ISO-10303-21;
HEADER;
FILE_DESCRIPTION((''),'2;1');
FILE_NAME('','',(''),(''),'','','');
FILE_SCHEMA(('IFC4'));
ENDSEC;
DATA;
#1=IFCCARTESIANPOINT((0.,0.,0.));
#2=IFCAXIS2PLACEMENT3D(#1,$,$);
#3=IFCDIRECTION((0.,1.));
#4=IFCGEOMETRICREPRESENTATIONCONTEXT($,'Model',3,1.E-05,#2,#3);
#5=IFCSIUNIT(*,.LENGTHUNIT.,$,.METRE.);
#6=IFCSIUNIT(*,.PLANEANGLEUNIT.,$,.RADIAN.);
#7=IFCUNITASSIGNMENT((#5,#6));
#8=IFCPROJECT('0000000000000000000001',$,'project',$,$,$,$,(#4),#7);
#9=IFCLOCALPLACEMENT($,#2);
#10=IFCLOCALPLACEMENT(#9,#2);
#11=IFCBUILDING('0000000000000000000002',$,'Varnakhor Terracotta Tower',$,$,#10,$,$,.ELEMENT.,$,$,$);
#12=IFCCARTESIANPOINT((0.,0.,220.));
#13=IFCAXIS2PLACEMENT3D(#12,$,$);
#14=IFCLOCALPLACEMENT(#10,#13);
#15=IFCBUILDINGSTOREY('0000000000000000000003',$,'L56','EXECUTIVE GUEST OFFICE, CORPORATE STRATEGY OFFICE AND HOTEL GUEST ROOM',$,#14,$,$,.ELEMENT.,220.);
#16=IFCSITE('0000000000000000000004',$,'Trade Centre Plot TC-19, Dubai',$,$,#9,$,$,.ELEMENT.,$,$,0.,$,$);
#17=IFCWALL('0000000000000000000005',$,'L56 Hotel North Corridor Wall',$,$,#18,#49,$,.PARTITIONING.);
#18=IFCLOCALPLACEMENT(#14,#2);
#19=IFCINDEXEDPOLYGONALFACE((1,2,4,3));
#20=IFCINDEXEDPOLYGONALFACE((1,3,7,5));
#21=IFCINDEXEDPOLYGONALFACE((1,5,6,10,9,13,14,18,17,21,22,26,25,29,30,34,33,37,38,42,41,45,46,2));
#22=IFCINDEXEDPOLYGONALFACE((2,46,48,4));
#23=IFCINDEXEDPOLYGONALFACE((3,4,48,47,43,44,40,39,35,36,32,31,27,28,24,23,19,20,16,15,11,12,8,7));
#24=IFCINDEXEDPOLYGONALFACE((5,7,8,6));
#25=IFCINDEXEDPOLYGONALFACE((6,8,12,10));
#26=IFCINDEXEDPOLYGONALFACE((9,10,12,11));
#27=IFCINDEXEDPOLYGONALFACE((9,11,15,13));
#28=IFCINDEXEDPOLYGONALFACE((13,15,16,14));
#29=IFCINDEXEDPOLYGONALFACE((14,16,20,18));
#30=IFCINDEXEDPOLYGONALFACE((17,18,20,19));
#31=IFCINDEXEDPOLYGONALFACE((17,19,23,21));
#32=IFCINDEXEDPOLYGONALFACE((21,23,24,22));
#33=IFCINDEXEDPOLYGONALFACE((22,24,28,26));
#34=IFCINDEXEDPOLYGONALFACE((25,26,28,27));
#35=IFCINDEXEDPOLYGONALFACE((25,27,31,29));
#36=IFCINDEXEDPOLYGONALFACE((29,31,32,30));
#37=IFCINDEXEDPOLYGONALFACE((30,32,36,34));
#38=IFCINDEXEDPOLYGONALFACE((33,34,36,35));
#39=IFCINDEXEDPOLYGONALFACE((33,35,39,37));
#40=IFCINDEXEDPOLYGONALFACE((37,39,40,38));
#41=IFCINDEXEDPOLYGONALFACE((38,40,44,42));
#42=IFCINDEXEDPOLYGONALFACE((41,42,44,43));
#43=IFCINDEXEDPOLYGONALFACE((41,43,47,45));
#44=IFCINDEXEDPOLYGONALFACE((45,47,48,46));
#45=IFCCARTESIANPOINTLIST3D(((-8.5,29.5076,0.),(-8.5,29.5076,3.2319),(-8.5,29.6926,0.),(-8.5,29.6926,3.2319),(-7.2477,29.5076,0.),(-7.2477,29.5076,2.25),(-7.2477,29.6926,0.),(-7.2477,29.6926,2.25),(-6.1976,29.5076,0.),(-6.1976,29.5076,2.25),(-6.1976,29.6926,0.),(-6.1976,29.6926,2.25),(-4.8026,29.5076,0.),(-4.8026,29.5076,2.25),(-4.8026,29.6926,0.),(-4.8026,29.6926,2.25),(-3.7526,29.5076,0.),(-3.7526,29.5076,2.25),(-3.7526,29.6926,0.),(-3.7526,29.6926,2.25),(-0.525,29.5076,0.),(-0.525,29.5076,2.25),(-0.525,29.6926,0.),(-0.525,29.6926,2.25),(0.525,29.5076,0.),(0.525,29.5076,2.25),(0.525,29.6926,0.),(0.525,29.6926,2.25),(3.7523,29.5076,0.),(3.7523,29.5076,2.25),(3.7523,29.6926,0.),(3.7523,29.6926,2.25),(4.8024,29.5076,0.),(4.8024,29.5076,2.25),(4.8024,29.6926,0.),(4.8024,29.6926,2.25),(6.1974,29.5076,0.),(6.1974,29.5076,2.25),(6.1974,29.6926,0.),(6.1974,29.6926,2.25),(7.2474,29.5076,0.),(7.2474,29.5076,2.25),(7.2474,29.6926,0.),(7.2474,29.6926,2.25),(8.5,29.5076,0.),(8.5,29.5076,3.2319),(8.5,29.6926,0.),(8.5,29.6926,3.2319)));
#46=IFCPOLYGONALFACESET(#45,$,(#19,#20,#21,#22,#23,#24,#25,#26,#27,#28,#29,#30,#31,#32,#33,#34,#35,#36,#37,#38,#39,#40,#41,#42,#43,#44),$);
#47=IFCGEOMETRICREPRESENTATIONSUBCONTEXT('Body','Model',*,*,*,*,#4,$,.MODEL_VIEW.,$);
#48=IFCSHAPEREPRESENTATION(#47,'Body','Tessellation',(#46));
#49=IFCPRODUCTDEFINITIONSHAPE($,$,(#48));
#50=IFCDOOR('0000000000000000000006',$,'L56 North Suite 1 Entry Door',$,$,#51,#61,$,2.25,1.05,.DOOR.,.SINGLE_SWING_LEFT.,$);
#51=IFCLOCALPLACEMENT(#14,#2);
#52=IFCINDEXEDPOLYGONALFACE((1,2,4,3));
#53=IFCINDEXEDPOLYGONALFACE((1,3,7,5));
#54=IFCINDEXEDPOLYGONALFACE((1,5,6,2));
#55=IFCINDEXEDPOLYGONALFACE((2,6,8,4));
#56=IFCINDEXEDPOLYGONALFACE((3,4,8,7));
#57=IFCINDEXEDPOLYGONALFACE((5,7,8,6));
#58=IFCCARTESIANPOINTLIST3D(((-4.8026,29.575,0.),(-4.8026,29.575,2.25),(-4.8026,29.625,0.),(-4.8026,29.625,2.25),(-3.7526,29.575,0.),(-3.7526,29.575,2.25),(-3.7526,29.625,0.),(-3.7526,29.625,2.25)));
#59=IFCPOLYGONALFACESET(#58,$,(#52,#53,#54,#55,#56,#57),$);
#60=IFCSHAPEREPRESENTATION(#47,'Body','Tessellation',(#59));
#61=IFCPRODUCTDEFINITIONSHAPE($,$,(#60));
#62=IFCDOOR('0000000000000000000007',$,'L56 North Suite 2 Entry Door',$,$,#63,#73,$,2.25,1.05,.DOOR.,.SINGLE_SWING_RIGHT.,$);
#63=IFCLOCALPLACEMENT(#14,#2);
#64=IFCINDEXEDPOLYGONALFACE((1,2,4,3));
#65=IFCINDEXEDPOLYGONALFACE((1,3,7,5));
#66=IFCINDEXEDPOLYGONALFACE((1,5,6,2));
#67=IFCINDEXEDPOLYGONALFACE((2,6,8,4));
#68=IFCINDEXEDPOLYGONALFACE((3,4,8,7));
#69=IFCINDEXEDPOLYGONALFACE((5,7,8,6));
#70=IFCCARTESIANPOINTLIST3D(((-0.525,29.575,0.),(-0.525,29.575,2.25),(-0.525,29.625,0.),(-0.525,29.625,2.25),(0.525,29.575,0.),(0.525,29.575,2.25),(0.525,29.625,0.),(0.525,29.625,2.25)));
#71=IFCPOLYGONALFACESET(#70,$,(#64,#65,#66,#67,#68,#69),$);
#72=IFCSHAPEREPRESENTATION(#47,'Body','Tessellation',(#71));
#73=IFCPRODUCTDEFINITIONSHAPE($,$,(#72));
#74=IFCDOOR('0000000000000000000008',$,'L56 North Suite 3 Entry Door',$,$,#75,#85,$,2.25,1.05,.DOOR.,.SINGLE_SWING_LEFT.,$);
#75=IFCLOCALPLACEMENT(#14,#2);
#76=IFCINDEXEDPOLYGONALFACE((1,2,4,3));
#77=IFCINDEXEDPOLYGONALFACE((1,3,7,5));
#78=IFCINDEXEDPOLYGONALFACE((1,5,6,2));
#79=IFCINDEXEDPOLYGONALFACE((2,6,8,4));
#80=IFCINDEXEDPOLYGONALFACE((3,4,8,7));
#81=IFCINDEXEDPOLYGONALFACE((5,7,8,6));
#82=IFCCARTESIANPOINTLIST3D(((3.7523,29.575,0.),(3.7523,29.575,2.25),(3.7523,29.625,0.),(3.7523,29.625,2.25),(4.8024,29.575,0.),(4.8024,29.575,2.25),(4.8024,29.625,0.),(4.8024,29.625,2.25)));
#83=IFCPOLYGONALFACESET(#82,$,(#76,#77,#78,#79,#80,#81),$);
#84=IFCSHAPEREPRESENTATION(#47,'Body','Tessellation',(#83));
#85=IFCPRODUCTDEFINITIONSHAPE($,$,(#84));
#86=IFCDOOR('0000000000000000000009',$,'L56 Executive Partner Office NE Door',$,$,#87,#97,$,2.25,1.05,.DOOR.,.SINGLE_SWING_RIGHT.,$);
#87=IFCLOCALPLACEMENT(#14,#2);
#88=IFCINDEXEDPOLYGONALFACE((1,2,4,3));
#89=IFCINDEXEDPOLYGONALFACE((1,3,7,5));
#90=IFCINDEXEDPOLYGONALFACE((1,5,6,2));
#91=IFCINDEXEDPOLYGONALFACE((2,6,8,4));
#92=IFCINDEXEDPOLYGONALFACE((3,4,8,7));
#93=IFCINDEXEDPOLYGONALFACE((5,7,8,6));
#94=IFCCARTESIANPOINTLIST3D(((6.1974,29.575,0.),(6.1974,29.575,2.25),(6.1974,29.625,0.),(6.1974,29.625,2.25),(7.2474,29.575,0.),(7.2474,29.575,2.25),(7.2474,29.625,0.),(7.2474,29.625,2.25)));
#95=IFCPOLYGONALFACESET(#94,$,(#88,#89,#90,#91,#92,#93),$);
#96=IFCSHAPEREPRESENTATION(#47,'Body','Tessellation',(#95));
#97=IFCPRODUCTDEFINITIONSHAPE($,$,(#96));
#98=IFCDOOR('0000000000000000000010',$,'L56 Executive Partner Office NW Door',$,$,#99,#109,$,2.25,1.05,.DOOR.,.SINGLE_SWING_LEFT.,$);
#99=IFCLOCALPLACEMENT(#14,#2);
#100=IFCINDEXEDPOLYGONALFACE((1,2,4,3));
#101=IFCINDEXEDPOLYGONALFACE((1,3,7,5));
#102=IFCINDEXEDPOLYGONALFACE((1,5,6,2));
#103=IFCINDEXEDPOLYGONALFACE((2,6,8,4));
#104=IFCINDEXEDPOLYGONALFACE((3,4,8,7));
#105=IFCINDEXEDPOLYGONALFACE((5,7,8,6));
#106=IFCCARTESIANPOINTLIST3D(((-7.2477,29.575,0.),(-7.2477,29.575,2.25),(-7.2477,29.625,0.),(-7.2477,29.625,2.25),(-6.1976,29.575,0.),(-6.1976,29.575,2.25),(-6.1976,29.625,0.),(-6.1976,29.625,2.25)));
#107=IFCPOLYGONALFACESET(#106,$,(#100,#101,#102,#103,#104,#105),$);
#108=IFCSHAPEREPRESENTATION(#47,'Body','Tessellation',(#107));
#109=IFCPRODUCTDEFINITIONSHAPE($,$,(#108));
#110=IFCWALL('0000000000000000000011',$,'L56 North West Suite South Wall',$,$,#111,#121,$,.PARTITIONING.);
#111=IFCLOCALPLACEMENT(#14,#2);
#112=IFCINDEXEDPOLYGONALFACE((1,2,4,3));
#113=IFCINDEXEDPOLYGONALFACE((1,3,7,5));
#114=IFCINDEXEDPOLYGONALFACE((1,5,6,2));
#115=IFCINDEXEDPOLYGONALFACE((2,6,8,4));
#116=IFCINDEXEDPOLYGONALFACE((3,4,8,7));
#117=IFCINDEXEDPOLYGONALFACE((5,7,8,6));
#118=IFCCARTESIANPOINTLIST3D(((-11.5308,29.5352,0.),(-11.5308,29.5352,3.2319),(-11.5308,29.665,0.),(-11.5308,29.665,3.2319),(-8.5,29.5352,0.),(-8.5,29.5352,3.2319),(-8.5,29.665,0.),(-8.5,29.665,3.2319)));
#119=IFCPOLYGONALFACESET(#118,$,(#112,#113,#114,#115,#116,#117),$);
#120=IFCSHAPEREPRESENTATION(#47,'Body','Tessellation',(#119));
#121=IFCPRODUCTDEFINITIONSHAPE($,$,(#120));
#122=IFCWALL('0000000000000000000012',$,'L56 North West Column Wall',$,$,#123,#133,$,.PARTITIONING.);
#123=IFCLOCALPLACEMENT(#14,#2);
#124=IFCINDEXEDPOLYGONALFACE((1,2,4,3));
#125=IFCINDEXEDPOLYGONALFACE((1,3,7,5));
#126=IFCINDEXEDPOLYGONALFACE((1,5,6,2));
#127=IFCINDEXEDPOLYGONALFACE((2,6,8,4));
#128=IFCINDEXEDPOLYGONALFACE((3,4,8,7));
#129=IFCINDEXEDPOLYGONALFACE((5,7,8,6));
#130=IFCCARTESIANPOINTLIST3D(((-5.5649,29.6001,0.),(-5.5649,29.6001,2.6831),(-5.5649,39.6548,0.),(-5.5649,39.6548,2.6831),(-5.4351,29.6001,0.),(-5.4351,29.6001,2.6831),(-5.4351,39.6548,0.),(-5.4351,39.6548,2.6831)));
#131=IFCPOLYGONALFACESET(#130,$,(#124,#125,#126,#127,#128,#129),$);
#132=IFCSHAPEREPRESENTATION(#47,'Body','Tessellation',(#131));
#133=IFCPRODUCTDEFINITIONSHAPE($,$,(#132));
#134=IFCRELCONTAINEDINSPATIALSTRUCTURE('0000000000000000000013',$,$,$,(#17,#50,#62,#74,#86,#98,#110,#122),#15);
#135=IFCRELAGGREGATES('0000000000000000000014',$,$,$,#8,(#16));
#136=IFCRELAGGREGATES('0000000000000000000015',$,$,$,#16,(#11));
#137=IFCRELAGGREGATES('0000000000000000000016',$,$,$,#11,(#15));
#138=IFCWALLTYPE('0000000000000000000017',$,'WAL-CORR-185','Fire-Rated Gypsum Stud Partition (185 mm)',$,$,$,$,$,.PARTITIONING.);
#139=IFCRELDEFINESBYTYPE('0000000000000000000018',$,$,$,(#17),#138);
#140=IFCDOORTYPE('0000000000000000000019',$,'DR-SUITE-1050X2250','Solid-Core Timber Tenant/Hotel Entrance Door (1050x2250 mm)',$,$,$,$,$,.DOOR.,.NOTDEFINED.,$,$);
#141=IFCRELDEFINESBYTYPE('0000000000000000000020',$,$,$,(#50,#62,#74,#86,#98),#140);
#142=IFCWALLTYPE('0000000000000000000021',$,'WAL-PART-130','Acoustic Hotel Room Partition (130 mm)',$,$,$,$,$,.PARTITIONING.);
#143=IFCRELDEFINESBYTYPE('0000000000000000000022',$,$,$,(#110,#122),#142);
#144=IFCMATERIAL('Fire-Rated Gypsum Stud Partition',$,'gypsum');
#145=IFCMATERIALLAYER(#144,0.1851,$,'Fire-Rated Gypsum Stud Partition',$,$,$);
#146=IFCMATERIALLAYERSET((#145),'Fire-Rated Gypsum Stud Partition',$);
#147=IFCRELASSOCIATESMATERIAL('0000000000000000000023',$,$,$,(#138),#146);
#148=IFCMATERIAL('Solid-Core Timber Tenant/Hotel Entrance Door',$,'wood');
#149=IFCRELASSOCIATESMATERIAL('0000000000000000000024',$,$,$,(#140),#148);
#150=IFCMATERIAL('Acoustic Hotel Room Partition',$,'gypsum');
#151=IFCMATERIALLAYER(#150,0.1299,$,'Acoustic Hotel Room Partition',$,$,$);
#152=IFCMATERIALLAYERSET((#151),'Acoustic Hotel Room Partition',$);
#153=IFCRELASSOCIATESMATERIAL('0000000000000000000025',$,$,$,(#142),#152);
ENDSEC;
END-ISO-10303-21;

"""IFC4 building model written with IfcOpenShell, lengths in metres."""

from ifc_helpers import new_model, si_unit, direction, frame, frame_2d, origin, place, context, subcontext, project, spatial, rectangle, extrude, source, transform, mapped, material, layer, layer_set, type_object, type_shapes, element, fill, save


model = new_model("IFC4")

# Units and contexts
model_context = context("Model", 3, precision=1e-05, world=origin(), true_north=direction((0.0, 1.0)))
body_context = subcontext(model_context, "Body", "Model", "MODEL_VIEW")
ifc_project = project(units=[si_unit("LENGTHUNIT", "METRE"), si_unit("PLANEANGLEUNIT", "RADIAN")], contexts=[model_context])

# Site, building, storey
site_placement = place(None, origin())
site = spatial("IfcSite", under=ifc_project, at=site_placement, Name="Trade Centre Plot TC-19, Dubai", CompositionType="ELEMENT", RefElevation=0.0)
building_placement = place(site_placement, origin())
building = spatial("IfcBuilding", under=site, at=building_placement, Name="Varnakhor Terracotta Tower", CompositionType="ELEMENT")
storey_placement = place(building_placement, frame((0.0, 0.0, 220.0)))
storey = spatial("IfcBuildingStorey", under=building, at=storey_placement, Name="L56", Description="EXECUTIVE GUEST OFFICE, CORPORATE STRATEGY OFFICE AND HOTEL GUEST ROOM", CompositionType="ELEMENT", Elevation=220.0)

# Shared definitions
ifc_material_1 = material(Name="Fire-Rated Gypsum Stud Partition", Category="gypsum")
ifc_layer_1 = layer(ifc_material_1, 0.1851, Name="Fire-Rated Gypsum Stud Partition")
ifc_layer_set_1 = layer_set([ifc_layer_1], Name="Fire-Rated Gypsum Stud Partition")
wall_type_1 = type_object("IfcWallType", Name="WAL-CORR-185", Description="Fire-Rated Gypsum Stud Partition (185 mm)", PredefinedType="PARTITIONING", material=ifc_layer_set_1)

# Wall, openings, doors
wall_1_placement = place(storey_placement, frame((-8.5, 29.6001, 0.0), z_axis=(0.0, 0.0, 1.0), x_axis=(1.0, 0.0, 0.0)))
wall_1 = element("IfcWall", 1, at=wall_1_placement, inside=storey, type_object=wall_type_1, Name="L56 Hotel North Corridor Wall", PredefinedType="PARTITIONING", context=body_context, shape_type="SweptSolid", body=[
    extrude(rectangle(XDim=17.0, YDim=0.1851, at=frame_2d((8.5, 0.0))), origin(), (0.0, 0.0, 1.0), 3.2319),
])
opening_1_placement = place(wall_1_placement, frame((3.6975, 0.0, 0.0)))
opening_1 = element("IfcOpeningElement", 2, at=opening_1_placement, cuts=wall_1, PredefinedType="OPENING", context=body_context, shape_type="SweptSolid", body=[
    extrude(rectangle(XDim=1.05, YDim=2.25, at=frame_2d((0.5249, 1.125))), frame((0.0, 0.1025, 0.0), z_axis=(0.0, -1.0, 0.0), x_axis=(1.0, 0.0, 0.0)), (0.0, 0.0, 1.0), 0.2051),
])
opening_2_placement = place(wall_1_placement, frame((7.9751, 0.0, 0.0)))
opening_2 = element("IfcOpeningElement", 3, at=opening_2_placement, cuts=wall_1, PredefinedType="OPENING", context=body_context, shape_type="SweptSolid", body=[
    extrude(rectangle(XDim=1.05, YDim=2.25, at=frame_2d((0.5249, 1.125))), frame((0.0, 0.1025, 0.0), z_axis=(0.0, -1.0, 0.0), x_axis=(1.0, 0.0, 0.0)), (0.0, 0.0, 1.0), 0.2051),
])
opening_3_placement = place(wall_1_placement, frame((12.2524, 0.0, 0.0)))
opening_3 = element("IfcOpeningElement", 4, at=opening_3_placement, cuts=wall_1, PredefinedType="OPENING", context=body_context, shape_type="SweptSolid", body=[
    extrude(rectangle(XDim=1.05, YDim=2.25, at=frame_2d((0.5249, 1.125))), frame((0.0, 0.1025, 0.0), z_axis=(0.0, -1.0, 0.0), x_axis=(1.0, 0.0, 0.0)), (0.0, 0.0, 1.0), 0.2051),
])
opening_4_placement = place(wall_1_placement, frame((14.6975, 0.0, 0.0)))
opening_4 = element("IfcOpeningElement", 5, at=opening_4_placement, cuts=wall_1, PredefinedType="OPENING", context=body_context, shape_type="SweptSolid", body=[
    extrude(rectangle(XDim=1.05, YDim=2.25, at=frame_2d((0.5249, 1.125))), frame((0.0, 0.1025, 0.0), z_axis=(0.0, -1.0, 0.0), x_axis=(1.0, 0.0, 0.0)), (0.0, 0.0, 1.0), 0.2051),
])
opening_5_placement = place(wall_1_placement, frame((1.2524, 0.0, 0.0)))
opening_5 = element("IfcOpeningElement", 6, at=opening_5_placement, cuts=wall_1, PredefinedType="OPENING", context=body_context, shape_type="SweptSolid", body=[
    extrude(rectangle(XDim=1.05, YDim=2.25, at=frame_2d((0.5249, 1.125))), frame((0.0, 0.1025, 0.0), z_axis=(0.0, -1.0, 0.0), x_axis=(1.0, 0.0, 0.0)), (0.0, 0.0, 1.0), 0.2051),
])
ifc_material_2 = material(Name="Solid-Core Timber Tenant/Hotel Entrance Door", Category="wood")
door_type_1 = type_object("IfcDoorType", Name="DR-SUITE-1050X2250", Description="Solid-Core Timber Tenant/Hotel Entrance Door (1050x2250 mm)", OperationType="NOTDEFINED", PredefinedType="DOOR", material=ifc_material_2)
shared_shape_1 = source(origin(), body_context, "Body", "SweptSolid", [
    extrude(rectangle(XDim=1.05, YDim=2.25, at=frame_2d((0.5249, 1.125))), frame((0.0, 0.0249, 0.0), z_axis=(0.0, -1.0, 0.0), x_axis=(1.0, 0.0, 0.0)), (0.0, 0.0, 1.0), 0.05),
])
type_shapes(door_type_1, [shared_shape_1])
door_1_placement = place(opening_1_placement, origin())
door_1 = element("IfcDoor", 7, at=door_1_placement, inside=storey, type_object=door_type_1, Name="L56 North Suite 1 Entry Door", OperationType="SINGLE_SWING_LEFT", OverallHeight=2.25, OverallWidth=1.05, PredefinedType="DOOR", context=body_context, shape_type="MappedRepresentation", body=[
    mapped(shared_shape_1, transform((0.0, 0.0, 0.0), scale=1.0)),
])
fill(opening_1, door_1)
door_2_placement = place(opening_2_placement, origin())
door_2 = element("IfcDoor", 8, at=door_2_placement, inside=storey, type_object=door_type_1, Name="L56 North Suite 2 Entry Door", OperationType="SINGLE_SWING_RIGHT", OverallHeight=2.25, OverallWidth=1.05, PredefinedType="DOOR", context=body_context, shape_type="MappedRepresentation", body=[
    mapped(shared_shape_1, transform((0.0, 0.0, 0.0), scale=1.0)),
])
fill(opening_2, door_2)
door_3_placement = place(opening_3_placement, origin())
door_3 = element("IfcDoor", 9, at=door_3_placement, inside=storey, type_object=door_type_1, Name="L56 North Suite 3 Entry Door", OperationType="SINGLE_SWING_LEFT", OverallHeight=2.25, OverallWidth=1.05, PredefinedType="DOOR", context=body_context, shape_type="MappedRepresentation", body=[
    mapped(shared_shape_1, transform((0.0, 0.0, 0.0), scale=1.0)),
])
fill(opening_3, door_3)
door_4_placement = place(opening_4_placement, origin())
door_4 = element("IfcDoor", 10, at=door_4_placement, inside=storey, type_object=door_type_1, Name="L56 Executive Partner Office NE Door", OperationType="SINGLE_SWING_RIGHT", OverallHeight=2.25, OverallWidth=1.05, PredefinedType="DOOR", context=body_context, shape_type="MappedRepresentation", body=[
    mapped(shared_shape_1, transform((0.0, 0.0, 0.0), scale=1.0)),
])
fill(opening_4, door_4)
door_5_placement = place(opening_5_placement, origin())
door_5 = element("IfcDoor", 11, at=door_5_placement, inside=storey, type_object=door_type_1, Name="L56 Executive Partner Office NW Door", OperationType="SINGLE_SWING_LEFT", OverallHeight=2.25, OverallWidth=1.05, PredefinedType="DOOR", context=body_context, shape_type="MappedRepresentation", body=[
    mapped(shared_shape_1, transform((0.0, 0.0, 0.0), scale=1.0)),
])
fill(opening_5, door_5)

# Walls
ifc_material_3 = material(Name="Acoustic Hotel Room Partition", Category="gypsum")
ifc_layer_2 = layer(ifc_material_3, 0.1299, Name="Acoustic Hotel Room Partition")
ifc_layer_set_2 = layer_set([ifc_layer_2], Name="Acoustic Hotel Room Partition")
wall_type_2 = type_object("IfcWallType", Name="WAL-PART-130", Description="Acoustic Hotel Room Partition (130 mm)", PredefinedType="PARTITIONING", material=ifc_layer_set_2)
wall_2_placement = place(storey_placement, frame((-11.5308, 29.6001, 0.0), z_axis=(0.0, 0.0, 1.0), x_axis=(1.0, 0.0, 0.0)))
element("IfcWall", 12, at=wall_2_placement, inside=storey, type_object=wall_type_2, Name="L56 North West Suite South Wall", PredefinedType="PARTITIONING", context=body_context, shape_type="SweptSolid", body=[
    extrude(rectangle(XDim=3.0308, YDim=0.1299, at=frame_2d((1.5154, 0.0))), origin(), (0.0, 0.0, 1.0), 3.2319),
])
wall_3_placement = place(storey_placement, frame((-5.5, 29.6001, 0.0), z_axis=(0.0, 0.0, 1.0), x_axis=(0.0, 1.0, 0.0)))
element("IfcWall", 13, at=wall_3_placement, inside=storey, type_object=wall_type_2, Name="L56 North West Column Wall", PredefinedType="PARTITIONING", context=body_context, shape_type="SweptSolid", body=[
    extrude(rectangle(XDim=10.0547, YDim=0.1299, at=frame_2d((5.0273, 0.0))), origin(), (0.0, 0.0, 1.0), 2.6831),
])

save(model, "model.ifc")
